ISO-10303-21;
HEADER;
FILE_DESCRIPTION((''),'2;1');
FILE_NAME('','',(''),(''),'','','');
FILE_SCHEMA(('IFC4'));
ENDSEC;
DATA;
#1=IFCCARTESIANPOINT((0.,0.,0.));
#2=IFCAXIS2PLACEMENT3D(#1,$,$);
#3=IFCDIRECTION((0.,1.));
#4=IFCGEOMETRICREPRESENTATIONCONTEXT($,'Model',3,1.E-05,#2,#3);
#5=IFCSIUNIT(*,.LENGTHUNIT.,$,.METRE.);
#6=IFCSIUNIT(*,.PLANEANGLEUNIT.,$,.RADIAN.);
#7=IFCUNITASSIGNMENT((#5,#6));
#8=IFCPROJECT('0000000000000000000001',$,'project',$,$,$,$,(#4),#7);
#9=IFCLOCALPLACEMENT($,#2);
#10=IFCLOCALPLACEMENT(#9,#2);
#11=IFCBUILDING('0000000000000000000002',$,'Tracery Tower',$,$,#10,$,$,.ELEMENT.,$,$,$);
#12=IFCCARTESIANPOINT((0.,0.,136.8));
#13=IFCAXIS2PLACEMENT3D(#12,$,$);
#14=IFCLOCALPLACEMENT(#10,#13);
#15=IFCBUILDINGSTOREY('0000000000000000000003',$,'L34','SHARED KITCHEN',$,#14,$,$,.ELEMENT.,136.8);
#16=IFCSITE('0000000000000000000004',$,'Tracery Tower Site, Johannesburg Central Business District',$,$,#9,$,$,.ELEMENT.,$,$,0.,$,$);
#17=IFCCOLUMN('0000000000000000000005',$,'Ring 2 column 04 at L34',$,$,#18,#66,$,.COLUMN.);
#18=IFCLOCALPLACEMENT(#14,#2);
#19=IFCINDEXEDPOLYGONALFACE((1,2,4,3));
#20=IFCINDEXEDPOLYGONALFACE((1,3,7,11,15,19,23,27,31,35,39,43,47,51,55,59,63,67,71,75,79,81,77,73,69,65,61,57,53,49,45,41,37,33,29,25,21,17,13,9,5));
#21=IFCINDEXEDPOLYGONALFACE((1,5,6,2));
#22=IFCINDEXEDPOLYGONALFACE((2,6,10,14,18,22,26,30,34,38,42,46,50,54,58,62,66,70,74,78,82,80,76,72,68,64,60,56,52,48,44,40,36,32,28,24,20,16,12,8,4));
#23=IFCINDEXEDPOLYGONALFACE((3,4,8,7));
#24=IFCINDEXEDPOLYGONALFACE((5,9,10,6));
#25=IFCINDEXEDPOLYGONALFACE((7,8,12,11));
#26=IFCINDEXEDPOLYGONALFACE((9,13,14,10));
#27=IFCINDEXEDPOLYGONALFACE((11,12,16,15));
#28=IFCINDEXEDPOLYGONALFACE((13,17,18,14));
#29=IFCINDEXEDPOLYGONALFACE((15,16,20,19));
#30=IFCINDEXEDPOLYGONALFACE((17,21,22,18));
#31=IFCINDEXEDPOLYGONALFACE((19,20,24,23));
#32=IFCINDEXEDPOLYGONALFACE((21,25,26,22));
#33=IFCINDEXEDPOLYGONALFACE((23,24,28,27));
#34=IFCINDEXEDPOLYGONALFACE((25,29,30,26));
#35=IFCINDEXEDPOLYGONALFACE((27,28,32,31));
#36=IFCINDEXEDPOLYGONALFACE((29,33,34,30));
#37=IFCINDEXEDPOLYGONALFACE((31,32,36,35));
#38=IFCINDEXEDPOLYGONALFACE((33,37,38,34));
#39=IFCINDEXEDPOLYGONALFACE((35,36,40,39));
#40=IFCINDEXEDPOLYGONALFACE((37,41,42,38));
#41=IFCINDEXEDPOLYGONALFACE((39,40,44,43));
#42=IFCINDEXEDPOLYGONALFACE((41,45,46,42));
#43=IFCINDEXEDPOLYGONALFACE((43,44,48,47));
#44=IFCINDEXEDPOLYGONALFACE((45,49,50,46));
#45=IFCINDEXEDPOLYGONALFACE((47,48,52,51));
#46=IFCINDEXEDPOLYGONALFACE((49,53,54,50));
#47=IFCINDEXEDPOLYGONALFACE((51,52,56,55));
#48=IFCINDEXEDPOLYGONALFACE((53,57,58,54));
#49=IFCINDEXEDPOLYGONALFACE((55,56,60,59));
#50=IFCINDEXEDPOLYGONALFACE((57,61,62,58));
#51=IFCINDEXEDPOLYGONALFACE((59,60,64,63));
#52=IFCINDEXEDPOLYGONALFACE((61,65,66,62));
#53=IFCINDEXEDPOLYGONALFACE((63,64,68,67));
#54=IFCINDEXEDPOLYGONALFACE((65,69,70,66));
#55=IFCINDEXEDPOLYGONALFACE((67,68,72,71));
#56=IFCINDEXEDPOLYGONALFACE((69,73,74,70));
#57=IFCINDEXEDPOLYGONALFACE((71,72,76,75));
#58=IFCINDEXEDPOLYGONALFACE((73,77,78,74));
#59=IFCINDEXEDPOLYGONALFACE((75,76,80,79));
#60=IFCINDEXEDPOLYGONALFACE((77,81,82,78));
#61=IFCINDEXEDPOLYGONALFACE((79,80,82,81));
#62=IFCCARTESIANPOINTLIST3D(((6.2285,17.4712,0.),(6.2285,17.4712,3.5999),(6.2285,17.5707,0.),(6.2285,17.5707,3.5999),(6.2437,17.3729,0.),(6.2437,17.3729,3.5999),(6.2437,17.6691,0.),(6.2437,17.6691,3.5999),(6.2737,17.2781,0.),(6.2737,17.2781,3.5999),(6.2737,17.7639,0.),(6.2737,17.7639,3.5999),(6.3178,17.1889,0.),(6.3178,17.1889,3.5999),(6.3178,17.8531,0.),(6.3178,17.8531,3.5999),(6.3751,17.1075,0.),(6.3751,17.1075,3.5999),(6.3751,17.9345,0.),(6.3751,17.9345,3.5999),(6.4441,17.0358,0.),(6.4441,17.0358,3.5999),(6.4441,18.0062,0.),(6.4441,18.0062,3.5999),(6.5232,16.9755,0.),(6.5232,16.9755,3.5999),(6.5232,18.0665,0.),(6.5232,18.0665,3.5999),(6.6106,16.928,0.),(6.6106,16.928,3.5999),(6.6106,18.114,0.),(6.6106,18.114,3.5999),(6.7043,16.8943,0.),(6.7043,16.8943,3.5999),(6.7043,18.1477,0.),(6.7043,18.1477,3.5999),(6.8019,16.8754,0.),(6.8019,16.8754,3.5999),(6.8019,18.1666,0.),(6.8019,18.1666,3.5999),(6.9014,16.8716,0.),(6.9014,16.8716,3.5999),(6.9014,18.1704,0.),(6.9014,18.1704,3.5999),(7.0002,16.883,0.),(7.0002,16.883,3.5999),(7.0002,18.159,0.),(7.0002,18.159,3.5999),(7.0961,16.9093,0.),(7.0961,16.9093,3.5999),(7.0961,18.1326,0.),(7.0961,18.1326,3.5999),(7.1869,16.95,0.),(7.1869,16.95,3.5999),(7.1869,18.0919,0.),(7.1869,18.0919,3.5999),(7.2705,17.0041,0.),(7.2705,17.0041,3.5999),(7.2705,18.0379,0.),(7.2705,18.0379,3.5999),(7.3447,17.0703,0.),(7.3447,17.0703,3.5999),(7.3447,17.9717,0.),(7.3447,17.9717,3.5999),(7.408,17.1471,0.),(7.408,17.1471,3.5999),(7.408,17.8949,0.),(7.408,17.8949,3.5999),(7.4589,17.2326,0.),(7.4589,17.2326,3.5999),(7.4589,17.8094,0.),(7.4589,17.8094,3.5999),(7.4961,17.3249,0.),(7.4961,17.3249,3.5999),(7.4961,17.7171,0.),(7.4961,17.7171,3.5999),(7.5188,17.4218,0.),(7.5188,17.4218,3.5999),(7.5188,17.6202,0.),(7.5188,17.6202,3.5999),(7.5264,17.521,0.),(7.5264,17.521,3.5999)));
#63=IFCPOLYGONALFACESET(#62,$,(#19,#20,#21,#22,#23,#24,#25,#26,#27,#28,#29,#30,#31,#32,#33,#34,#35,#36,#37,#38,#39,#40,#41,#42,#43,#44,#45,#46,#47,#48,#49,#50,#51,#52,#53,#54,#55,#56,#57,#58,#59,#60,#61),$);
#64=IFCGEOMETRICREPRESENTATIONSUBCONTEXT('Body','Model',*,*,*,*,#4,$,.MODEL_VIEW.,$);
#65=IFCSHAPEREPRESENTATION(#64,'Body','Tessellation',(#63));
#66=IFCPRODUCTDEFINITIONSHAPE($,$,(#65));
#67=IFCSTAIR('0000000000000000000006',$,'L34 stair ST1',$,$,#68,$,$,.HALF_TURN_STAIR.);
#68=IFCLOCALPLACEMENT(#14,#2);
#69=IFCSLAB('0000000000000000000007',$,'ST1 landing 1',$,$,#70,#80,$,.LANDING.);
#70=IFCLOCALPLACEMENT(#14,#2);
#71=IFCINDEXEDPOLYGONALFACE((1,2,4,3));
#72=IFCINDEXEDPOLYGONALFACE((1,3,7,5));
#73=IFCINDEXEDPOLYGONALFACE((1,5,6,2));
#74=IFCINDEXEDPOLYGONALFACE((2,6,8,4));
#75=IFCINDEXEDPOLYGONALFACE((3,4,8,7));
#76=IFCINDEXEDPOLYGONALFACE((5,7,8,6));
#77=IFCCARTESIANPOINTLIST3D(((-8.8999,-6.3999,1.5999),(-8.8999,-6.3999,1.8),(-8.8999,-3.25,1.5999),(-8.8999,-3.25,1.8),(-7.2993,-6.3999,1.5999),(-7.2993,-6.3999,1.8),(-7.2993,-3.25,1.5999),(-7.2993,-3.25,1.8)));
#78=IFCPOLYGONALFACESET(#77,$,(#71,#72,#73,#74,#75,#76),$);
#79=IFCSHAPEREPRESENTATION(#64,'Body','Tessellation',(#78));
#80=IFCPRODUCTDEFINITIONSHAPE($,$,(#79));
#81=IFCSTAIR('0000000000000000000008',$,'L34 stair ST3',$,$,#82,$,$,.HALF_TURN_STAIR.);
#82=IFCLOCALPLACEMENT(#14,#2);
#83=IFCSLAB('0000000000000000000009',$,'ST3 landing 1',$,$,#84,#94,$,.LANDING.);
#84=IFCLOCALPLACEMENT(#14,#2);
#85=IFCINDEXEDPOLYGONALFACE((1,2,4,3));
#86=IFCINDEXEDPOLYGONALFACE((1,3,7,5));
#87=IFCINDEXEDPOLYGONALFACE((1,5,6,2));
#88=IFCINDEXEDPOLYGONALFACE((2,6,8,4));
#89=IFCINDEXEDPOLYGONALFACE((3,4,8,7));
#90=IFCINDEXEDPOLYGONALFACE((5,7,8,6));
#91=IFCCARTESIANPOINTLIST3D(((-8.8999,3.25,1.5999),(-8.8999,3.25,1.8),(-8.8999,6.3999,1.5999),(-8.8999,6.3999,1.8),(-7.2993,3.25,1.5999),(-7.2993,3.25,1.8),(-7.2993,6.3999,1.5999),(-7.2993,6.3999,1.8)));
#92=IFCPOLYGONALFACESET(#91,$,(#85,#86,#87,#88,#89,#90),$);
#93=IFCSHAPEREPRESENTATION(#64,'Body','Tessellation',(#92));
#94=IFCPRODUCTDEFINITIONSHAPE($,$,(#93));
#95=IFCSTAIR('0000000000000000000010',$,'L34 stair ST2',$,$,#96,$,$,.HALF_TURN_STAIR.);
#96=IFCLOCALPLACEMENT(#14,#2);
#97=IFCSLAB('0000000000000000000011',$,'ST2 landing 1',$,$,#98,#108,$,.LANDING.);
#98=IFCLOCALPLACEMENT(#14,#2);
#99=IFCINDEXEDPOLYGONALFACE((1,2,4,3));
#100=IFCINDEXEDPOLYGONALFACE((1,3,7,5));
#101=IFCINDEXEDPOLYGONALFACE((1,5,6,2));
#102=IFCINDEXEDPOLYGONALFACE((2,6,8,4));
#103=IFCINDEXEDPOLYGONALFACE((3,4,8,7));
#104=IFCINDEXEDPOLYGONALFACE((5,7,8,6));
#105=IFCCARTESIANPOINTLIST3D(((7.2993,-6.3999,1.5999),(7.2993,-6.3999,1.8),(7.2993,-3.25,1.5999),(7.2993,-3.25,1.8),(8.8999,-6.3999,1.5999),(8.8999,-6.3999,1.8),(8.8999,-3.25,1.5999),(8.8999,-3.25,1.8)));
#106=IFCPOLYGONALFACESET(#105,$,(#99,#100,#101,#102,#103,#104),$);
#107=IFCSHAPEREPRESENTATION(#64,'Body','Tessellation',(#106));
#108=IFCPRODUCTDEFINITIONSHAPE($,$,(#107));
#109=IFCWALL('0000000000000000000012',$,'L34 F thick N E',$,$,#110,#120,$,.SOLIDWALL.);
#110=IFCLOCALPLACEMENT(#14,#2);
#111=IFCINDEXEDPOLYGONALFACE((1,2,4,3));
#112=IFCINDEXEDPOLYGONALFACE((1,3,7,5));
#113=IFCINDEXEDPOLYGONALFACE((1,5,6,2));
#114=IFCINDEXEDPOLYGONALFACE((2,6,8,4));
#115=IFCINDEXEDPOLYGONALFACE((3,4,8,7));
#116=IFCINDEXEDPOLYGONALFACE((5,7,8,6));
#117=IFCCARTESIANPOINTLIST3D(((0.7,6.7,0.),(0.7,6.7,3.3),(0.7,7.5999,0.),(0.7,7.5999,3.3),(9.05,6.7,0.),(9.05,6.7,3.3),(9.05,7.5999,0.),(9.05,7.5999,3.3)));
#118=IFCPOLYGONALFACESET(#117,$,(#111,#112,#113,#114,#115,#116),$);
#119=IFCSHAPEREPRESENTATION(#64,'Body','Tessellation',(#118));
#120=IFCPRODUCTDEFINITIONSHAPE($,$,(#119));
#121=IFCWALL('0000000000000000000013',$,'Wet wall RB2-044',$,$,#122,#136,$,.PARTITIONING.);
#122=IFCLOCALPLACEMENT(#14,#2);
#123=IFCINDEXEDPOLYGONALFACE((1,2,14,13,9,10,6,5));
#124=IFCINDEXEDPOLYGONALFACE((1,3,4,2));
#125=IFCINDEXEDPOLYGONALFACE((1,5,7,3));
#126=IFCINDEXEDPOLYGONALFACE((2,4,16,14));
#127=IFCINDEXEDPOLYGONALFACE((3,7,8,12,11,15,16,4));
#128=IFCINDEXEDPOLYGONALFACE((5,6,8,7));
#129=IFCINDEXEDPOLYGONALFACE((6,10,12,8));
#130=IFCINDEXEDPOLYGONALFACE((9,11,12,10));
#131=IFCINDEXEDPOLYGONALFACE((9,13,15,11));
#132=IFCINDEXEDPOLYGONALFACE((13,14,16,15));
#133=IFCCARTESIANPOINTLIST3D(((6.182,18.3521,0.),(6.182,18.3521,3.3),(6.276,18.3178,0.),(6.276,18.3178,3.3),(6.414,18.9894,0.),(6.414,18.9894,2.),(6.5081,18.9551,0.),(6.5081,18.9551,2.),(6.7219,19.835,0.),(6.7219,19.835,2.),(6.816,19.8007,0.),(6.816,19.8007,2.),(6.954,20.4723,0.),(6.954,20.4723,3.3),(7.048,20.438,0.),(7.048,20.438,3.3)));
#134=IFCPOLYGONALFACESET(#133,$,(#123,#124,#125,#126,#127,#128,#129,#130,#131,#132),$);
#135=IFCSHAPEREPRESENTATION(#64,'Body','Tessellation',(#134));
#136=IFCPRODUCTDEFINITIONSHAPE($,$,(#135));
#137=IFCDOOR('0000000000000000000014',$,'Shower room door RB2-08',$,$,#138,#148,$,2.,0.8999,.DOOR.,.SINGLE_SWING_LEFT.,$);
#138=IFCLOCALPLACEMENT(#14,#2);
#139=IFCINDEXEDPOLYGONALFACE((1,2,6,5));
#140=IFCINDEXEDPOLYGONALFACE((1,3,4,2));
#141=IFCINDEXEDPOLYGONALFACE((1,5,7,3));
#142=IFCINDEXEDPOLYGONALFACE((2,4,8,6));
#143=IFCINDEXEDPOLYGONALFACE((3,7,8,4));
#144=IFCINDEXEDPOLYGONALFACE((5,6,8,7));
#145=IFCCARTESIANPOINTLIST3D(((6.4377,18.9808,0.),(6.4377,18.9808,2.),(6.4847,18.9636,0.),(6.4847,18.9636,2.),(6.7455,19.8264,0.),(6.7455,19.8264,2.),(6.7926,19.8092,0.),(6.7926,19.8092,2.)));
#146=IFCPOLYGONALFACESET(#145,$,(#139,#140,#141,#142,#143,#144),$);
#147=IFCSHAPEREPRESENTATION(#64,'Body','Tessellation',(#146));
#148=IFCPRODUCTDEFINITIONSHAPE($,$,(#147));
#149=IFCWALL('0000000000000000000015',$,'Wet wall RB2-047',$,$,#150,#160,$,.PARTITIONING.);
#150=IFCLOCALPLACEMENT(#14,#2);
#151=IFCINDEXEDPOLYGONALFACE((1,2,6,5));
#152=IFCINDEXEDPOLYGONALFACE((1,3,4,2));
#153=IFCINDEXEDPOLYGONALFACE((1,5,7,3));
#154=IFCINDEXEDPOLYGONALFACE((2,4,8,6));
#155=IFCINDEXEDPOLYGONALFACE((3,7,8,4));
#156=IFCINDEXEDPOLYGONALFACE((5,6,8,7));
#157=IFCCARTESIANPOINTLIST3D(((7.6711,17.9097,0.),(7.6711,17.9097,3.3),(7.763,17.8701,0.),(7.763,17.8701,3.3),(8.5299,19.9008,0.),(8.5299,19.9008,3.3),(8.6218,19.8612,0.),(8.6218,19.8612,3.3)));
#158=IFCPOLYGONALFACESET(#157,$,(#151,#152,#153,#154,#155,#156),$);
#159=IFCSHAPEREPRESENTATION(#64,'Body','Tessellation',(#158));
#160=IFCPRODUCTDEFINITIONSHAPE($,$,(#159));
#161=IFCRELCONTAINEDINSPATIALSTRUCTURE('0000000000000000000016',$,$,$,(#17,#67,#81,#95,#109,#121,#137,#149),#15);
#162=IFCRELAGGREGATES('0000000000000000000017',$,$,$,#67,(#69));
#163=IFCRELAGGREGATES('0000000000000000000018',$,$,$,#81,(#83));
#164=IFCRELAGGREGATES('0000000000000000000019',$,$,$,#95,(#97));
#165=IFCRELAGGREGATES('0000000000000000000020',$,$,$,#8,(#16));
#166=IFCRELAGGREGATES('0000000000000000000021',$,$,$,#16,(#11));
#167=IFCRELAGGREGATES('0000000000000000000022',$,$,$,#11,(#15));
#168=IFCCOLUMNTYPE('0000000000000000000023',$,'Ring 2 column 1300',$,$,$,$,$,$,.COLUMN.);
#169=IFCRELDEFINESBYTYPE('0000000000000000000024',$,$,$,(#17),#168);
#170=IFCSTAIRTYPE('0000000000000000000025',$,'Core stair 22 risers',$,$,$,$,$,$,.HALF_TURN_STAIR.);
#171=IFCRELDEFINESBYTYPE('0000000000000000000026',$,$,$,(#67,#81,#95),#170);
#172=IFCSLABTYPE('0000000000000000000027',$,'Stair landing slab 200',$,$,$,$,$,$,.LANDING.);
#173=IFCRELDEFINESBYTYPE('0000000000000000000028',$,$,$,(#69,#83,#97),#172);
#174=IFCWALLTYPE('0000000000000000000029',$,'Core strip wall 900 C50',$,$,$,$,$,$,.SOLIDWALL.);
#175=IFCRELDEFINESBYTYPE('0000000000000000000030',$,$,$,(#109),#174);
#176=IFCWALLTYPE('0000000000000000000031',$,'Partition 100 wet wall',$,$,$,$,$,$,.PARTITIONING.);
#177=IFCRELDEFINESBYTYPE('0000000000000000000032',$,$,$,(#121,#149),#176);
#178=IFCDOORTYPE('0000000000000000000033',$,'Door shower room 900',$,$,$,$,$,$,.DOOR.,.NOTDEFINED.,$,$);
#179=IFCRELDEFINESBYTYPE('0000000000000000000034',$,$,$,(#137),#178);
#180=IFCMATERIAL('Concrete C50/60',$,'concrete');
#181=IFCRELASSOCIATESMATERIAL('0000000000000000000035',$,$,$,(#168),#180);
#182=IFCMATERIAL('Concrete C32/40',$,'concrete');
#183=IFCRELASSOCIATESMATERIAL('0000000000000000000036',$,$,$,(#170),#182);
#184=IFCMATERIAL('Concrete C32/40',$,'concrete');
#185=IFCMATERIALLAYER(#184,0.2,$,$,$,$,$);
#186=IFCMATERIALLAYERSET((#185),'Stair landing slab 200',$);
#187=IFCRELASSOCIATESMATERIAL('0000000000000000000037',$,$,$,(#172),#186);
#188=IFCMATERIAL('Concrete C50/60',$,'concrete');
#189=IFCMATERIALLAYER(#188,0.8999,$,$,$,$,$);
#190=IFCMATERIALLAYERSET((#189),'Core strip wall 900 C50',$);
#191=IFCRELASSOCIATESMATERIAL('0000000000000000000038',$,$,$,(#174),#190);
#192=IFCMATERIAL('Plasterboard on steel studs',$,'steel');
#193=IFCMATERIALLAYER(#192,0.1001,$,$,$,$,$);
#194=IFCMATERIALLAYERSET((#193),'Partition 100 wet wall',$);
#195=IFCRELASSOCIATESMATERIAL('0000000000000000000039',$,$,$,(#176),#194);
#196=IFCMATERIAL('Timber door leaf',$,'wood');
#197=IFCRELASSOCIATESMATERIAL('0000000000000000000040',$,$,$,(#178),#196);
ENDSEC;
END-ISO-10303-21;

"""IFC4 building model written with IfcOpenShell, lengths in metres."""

from ifc_helpers import new_model, si_unit, direction, frame, frame_2d, origin, origin_2d, place, context, subcontext, project, spatial, polyline, rectangle, circle, outline, extrude, material, layer, layer_set, material_profile, profile_set, type_object, element, fill, aggregate, save


model = new_model("IFC4")

# Units and contexts
model_context = context("Model", 3, precision=1e-05, world=origin(), true_north=direction((0.0, 1.0)))
body_context = subcontext(model_context, "Body", "Model", "MODEL_VIEW")
ifc_project = project(units=[si_unit("LENGTHUNIT", "METRE"), si_unit("PLANEANGLEUNIT", "RADIAN")], contexts=[model_context])

# Site, building, storey
site_placement = place(None, origin())
site = spatial("IfcSite", under=ifc_project, at=site_placement, Name="Tracery Tower Site, Johannesburg Central Business District", CompositionType="ELEMENT", RefElevation=0.0)
building_placement = place(site_placement, origin())
building = spatial("IfcBuilding", under=site, at=building_placement, Name="Tracery Tower", CompositionType="ELEMENT")
storey_placement = place(building_placement, frame((0.0, 0.0, 136.8)))
storey = spatial("IfcBuildingStorey", under=building, at=storey_placement, Name="L34", Description="SHARED KITCHEN", CompositionType="ELEMENT", Elevation=136.8)

# Column
ifc_material_1 = material(Name="Concrete C50/60", Category="concrete")
ifc_material_profile = material_profile(ifc_material_1, circle(Radius=0.6499, at=origin_2d()), Name="RC D1300")
ifc_profile_set = profile_set([ifc_material_profile], Name="Concrete C50/60")
column_type = type_object("IfcColumnType", Name="Ring 2 column 1300", PredefinedType="COLUMN", material=ifc_profile_set)
column_placement = place(storey_placement, frame((6.8765, 17.521, 0.0), z_axis=(0.0, 0.0, 1.0), x_axis=(1.0, 0.0, 0.0)))
element("IfcColumn", 1, at=column_placement, inside=storey, type_object=column_type, Name="Ring 2 column 04 at L34", PredefinedType="COLUMN", context=body_context, shape_type="SweptSolid", body=[
    extrude(circle(Radius=0.6499, at=origin_2d()), origin(), (0.0, 0.0, 1.0), 3.5999),
])

# Stairs, slabs
ifc_material_2 = material(Name="Concrete C32/40", Category="concrete")
stair_type = type_object("IfcStairType", Name="Core stair 22 risers", PredefinedType="HALF_TURN_STAIR", material=ifc_material_2)
stair_1_placement = place(storey_placement, origin())
stair_1 = element("IfcStair", 2, at=stair_1_placement, inside=storey, type_object=stair_type, Name="L34 stair ST1", PredefinedType="HALF_TURN_STAIR")
ifc_material_3 = material(Name="Concrete C32/40", Category="concrete")
ifc_layer_1 = layer(ifc_material_3, 0.2)
ifc_layer_set_1 = layer_set([ifc_layer_1], Name="Stair landing slab 200")
slab_type = type_object("IfcSlabType", Name="Stair landing slab 200", PredefinedType="LANDING", material=ifc_layer_set_1)
slab_1_placement = place(storey_placement, frame((0.0, 0.0, 1.5999)))
slab_1 = element("IfcSlab", 3, at=slab_1_placement, type_object=slab_type, Name="ST1 landing 1", PredefinedType="LANDING", context=body_context, shape_type="SweptSolid", body=[
    extrude(outline(polyline([(-7.2993, -3.25), (-8.8999, -3.25), (-8.8999, -6.3999), (-7.2993, -6.3999), (-7.2993, -3.25)])), origin(), (0.0, 0.0, 1.0), 0.2002),
])
aggregate(stair_1, [slab_1])
stair_2_placement = place(storey_placement, origin())
stair_2 = element("IfcStair", 4, at=stair_2_placement, inside=storey, type_object=stair_type, Name="L34 stair ST3", PredefinedType="HALF_TURN_STAIR")
slab_2_placement = place(storey_placement, frame((0.0, 0.0, 1.5999)))
slab_2 = element("IfcSlab", 5, at=slab_2_placement, type_object=slab_type, Name="ST3 landing 1", PredefinedType="LANDING", context=body_context, shape_type="SweptSolid", body=[
    extrude(outline(polyline([(-7.2993, 6.3999), (-8.8999, 6.3999), (-8.8999, 3.25), (-7.2993, 3.25), (-7.2993, 6.3999)])), origin(), (0.0, 0.0, 1.0), 0.2002),
])
aggregate(stair_2, [slab_2])
stair_3_placement = place(storey_placement, origin())
stair_3 = element("IfcStair", 6, at=stair_3_placement, inside=storey, type_object=stair_type, Name="L34 stair ST2", PredefinedType="HALF_TURN_STAIR")
slab_3_placement = place(storey_placement, frame((0.0, 0.0, 1.5999)))
slab_3 = element("IfcSlab", 7, at=slab_3_placement, type_object=slab_type, Name="ST2 landing 1", PredefinedType="LANDING", context=body_context, shape_type="SweptSolid", body=[
    extrude(outline(polyline([(7.2993, -6.3999), (8.8999, -6.3999), (8.8999, -3.25), (7.2993, -3.25), (7.2993, -6.3999)])), origin(), (0.0, 0.0, 1.0), 0.2002),
])
aggregate(stair_3, [slab_3])

# Wall
ifc_material_4 = material(Name="Concrete C50/60", Category="concrete")
ifc_layer_2 = layer(ifc_material_4, 0.8999)
ifc_layer_set_2 = layer_set([ifc_layer_2], Name="Core strip wall 900 C50")
wall_type_1 = type_object("IfcWallType", Name="Core strip wall 900 C50", PredefinedType="SOLIDWALL", material=ifc_layer_set_2)
wall_1_placement = place(storey_placement, frame((0.7, 7.1499, 0.0), z_axis=(0.0, 0.0, 1.0), x_axis=(1.0, 0.0, 0.0)))
element("IfcWall", 8, at=wall_1_placement, inside=storey, type_object=wall_type_1, Name="L34 F thick N E", PredefinedType="SOLIDWALL", context=body_context, shape_type="SweptSolid", body=[
    extrude(rectangle(XDim=8.3501, YDim=0.8999, at=frame_2d((4.175, 0.0))), origin(), (0.0, 0.0, 1.0), 3.3),
])

# Wall, opening, door
ifc_material_5 = material(Name="Plasterboard on steel studs", Category="steel")
ifc_layer_3 = layer(ifc_material_5, 0.1001)
ifc_layer_set_3 = layer_set([ifc_layer_3], Name="Partition 100 wet wall")
wall_type_2 = type_object("IfcWallType", Name="Partition 100 wet wall", PredefinedType="PARTITIONING", material=ifc_layer_set_3)
wall_2_placement = place(storey_placement, frame((6.229, 18.335, 0.0), z_axis=(0.0, 0.0, 1.0), x_axis=(0.342143, 0.939648, 0.0)))
wall_2 = element("IfcWall", 9, at=wall_2_placement, inside=storey, type_object=wall_type_2, Name="Wet wall RB2-044", PredefinedType="PARTITIONING", context=body_context, shape_type="SweptSolid", body=[
    extrude(rectangle(XDim=2.2563, YDim=0.1001, at=frame_2d((1.1282, 0.0))), origin(), (0.0, 0.0, 1.0), 3.3),
])
opening_1_placement = place(wall_2_placement, frame((0.6782, 0.0, 0.0)))
opening_1 = element("IfcOpeningElement", 10, at=opening_1_placement, cuts=wall_2, PredefinedType="OPENING", context=body_context, shape_type="SweptSolid", body=[
    extrude(rectangle(XDim=0.8999, YDim=2.0, at=frame_2d((0.45, 1.0))), frame((0.0, 0.05, 0.0), z_axis=(0.0, -1.0, 0.0), x_axis=(1.0, 0.0, 0.0)), (0.0, 0.0, 1.0), 0.1001),
])
ifc_material_6 = material(Name="Timber door leaf", Category="wood")
door_type_1 = type_object("IfcDoorType", Name="Door shower room 900", OperationType="NOTDEFINED", PredefinedType="DOOR", material=ifc_material_6)
door_1_placement = place(opening_1_placement, origin())
door_1 = element("IfcDoor", 11, at=door_1_placement, inside=storey, type_object=door_type_1, Name="Shower room door RB2-08", OperationType="SINGLE_SWING_LEFT", OverallHeight=2.0, OverallWidth=0.8999, PredefinedType="DOOR", context=body_context, shape_type="SweptSolid", body=[
    extrude(rectangle(XDim=0.8999, YDim=2.0, at=frame_2d((0.45, 1.0))), frame((0.0, 0.0249, 0.0), z_axis=(0.0, -1.0, 0.0), x_axis=(1.0, 0.0, 0.0)), (0.0, 0.0, 1.0), 0.05),
])
fill(opening_1, door_1)

# Wall
wall_3_placement = place(storey_placement, frame((7.717, 17.8899, 0.0), z_axis=(0.0, 0.0, 1.0), x_axis=(0.396065, 0.918222, 0.0)))
element("IfcWall", 12, at=wall_3_placement, inside=storey, type_object=wall_type_2, Name="Wet wall RB2-047", PredefinedType="PARTITIONING", context=body_context, shape_type="SweptSolid", body=[
    extrude(rectangle(XDim=2.1685, YDim=0.1001, at=frame_2d((1.0842, 0.0))), origin(), (0.0, 0.0, 1.0), 3.3),
])

save(model, "model.ifc")
